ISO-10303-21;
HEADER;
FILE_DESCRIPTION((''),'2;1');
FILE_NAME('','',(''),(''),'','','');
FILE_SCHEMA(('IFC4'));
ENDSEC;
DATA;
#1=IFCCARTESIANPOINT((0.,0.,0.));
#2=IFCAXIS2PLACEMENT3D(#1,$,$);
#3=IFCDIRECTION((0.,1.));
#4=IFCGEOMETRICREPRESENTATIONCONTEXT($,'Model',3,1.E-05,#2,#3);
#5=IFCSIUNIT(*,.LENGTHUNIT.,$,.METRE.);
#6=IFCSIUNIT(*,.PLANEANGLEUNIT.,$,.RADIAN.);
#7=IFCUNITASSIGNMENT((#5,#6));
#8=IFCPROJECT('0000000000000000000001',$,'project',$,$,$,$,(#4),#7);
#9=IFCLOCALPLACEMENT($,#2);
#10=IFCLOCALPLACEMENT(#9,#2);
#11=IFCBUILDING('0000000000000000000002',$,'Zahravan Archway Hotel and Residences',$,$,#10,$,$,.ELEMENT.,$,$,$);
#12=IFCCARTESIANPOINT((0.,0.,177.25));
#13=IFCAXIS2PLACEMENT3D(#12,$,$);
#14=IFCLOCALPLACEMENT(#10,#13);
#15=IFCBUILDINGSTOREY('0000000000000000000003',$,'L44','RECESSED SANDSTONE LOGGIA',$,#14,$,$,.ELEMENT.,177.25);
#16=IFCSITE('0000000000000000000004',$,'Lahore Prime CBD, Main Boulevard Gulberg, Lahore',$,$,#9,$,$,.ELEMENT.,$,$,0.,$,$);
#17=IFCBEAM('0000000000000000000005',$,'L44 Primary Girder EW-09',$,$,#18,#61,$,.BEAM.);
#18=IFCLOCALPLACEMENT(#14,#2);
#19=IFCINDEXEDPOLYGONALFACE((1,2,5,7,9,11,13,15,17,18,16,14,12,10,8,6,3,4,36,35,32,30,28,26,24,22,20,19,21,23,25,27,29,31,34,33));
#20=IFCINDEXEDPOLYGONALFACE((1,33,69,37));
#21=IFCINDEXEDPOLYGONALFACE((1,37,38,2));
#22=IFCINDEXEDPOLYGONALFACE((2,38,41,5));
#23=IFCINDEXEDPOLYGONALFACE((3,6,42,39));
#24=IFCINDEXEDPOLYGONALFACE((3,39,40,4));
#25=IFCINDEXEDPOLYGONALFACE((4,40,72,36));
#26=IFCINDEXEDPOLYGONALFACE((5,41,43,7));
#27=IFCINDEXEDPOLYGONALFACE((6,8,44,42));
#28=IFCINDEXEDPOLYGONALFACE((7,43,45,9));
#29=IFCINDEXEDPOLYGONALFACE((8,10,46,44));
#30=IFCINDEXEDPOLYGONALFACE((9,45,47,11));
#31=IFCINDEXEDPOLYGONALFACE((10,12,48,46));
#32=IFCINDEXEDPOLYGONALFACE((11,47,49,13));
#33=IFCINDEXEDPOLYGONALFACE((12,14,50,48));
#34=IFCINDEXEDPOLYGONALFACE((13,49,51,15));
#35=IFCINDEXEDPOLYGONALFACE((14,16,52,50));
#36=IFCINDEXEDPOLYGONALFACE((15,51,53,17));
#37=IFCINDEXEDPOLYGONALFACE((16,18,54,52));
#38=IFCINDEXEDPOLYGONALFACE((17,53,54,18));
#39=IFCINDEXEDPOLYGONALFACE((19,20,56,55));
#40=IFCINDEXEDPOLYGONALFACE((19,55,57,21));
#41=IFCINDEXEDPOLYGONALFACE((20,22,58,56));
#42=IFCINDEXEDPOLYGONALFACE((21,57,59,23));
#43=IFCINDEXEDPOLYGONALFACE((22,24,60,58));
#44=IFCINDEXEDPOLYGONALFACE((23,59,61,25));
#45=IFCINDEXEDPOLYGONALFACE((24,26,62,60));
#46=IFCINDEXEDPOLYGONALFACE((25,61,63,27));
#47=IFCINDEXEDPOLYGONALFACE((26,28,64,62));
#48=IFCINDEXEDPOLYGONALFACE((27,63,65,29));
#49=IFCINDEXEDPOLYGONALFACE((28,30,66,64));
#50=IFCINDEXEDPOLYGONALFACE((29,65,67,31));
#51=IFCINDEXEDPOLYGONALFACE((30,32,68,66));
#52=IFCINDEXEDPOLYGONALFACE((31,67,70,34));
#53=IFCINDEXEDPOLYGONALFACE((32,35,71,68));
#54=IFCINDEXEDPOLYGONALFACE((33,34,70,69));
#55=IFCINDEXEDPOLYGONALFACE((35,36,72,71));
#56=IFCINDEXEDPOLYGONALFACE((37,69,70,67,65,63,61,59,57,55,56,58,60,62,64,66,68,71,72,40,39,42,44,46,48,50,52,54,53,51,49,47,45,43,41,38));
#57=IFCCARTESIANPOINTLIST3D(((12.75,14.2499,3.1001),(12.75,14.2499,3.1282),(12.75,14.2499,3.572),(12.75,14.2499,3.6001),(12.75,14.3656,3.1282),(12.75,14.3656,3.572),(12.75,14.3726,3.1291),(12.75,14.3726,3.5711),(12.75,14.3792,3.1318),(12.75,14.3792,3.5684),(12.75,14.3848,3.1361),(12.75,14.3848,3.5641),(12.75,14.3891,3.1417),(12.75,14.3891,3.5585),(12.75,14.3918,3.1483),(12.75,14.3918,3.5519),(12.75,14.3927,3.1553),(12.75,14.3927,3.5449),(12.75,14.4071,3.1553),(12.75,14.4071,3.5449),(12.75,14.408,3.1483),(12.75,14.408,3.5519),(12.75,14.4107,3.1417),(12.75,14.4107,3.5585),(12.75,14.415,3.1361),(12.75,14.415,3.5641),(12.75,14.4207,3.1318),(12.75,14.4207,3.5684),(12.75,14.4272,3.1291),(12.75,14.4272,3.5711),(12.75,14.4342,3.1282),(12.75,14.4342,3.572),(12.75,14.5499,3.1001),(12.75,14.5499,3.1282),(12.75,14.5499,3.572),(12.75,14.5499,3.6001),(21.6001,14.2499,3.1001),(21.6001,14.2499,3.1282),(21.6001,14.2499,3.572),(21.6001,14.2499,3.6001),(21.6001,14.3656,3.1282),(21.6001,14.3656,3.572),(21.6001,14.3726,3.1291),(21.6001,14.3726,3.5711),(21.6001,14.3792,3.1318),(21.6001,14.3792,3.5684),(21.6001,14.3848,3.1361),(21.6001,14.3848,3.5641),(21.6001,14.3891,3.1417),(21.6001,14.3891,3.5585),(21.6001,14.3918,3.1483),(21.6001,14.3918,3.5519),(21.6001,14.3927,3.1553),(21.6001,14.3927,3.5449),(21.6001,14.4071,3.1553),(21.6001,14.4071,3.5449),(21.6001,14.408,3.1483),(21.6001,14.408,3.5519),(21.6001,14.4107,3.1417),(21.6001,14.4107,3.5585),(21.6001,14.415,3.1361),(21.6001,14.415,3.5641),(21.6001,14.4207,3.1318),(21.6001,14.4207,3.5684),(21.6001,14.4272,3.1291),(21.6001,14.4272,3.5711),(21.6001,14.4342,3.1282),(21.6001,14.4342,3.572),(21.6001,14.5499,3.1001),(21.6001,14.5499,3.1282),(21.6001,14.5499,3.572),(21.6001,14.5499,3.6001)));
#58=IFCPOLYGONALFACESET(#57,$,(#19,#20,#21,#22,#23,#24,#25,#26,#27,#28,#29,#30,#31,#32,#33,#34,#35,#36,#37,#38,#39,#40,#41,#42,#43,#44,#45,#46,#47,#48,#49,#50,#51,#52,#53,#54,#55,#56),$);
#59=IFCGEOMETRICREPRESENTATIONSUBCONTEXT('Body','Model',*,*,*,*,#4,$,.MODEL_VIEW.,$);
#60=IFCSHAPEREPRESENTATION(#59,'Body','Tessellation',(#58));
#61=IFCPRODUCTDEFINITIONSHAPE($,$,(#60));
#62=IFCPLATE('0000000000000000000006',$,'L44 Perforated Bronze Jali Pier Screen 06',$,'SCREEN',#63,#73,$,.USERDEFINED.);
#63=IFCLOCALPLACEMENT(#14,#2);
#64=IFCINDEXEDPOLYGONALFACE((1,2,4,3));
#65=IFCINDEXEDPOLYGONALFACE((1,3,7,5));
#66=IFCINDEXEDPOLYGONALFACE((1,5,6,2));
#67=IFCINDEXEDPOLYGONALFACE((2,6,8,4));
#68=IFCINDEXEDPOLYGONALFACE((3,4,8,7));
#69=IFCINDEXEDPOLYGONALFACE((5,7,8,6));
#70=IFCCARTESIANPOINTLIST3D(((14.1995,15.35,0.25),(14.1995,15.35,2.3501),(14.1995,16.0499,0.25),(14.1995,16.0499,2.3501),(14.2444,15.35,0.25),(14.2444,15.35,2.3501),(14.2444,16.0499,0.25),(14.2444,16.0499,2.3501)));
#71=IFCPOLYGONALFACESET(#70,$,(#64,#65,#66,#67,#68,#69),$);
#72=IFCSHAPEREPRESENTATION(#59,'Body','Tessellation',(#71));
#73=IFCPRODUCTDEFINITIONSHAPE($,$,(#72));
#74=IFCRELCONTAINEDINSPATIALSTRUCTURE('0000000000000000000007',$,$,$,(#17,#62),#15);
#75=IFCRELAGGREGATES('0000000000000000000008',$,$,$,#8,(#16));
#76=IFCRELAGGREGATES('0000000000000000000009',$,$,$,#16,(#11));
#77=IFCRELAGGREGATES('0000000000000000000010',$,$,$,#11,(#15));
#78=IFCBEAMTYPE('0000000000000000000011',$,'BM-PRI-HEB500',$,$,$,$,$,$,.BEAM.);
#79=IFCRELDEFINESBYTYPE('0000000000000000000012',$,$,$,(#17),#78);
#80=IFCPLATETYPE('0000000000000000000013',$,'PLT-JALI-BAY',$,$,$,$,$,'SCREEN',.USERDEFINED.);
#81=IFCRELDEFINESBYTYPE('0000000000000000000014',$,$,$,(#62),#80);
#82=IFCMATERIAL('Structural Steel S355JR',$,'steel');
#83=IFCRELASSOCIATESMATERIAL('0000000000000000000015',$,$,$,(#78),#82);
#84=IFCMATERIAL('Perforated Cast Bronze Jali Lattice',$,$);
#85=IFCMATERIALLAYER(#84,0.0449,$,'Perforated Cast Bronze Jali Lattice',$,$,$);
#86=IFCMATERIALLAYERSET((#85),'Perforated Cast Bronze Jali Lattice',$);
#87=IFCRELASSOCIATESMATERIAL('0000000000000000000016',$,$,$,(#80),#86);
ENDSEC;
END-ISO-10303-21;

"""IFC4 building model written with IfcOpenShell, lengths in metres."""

from ifc_helpers import new_model, si_unit, direction, frame, origin, origin_2d, place, context, subcontext, project, spatial, rectangle, i_section, extrude, source, transform, mapped, material, layer, layer_set, material_profile, profile_set, type_object, type_shapes, element, save


model = new_model("IFC4")

# Units and contexts
model_context = context("Model", 3, precision=1e-05, world=origin(), true_north=direction((0.0, 1.0)))
body_context = subcontext(model_context, "Body", "Model", "MODEL_VIEW")
ifc_project = project(units=[si_unit("LENGTHUNIT", "METRE"), si_unit("PLANEANGLEUNIT", "RADIAN")], contexts=[model_context])

# Site, building, storey
site_placement = place(None, origin())
site = spatial("IfcSite", under=ifc_project, at=site_placement, Name="Lahore Prime CBD, Main Boulevard Gulberg, Lahore", CompositionType="ELEMENT", RefElevation=0.0)
building_placement = place(site_placement, origin())
building = spatial("IfcBuilding", under=site, at=building_placement, Name="Zahravan Archway Hotel and Residences", CompositionType="ELEMENT")
storey_placement = place(building_placement, frame((0.0, 0.0, 177.25)))
storey = spatial("IfcBuildingStorey", under=building, at=storey_placement, Name="L44", Description="RECESSED SANDSTONE LOGGIA", CompositionType="ELEMENT", Elevation=177.25)

# Beam
ifc_material_1 = material(Name="Structural Steel S355JR", Category="steel")
ifc_material_profile_1 = material_profile(ifc_material_1, i_section(OverallWidth=0.3, OverallDepth=0.5, WebThickness=0.0144, FlangeThickness=0.0281, FilletRadius=0.0271, at=origin_2d()), Name="HEB 500", Category="steel")
ifc_profile_set_1 = profile_set([ifc_material_profile_1], Name="Structural Steel S355JR")
beam_type = type_object("IfcBeamType", Name="BM-PRI-HEB500", PredefinedType="BEAM", material=ifc_profile_set_1)
shared_shape_1 = source(origin(), body_context, "Body", "SweptSolid", [
    extrude(i_section(OverallWidth=0.3, OverallDepth=0.5, WebThickness=0.0144, FlangeThickness=0.0281, FilletRadius=0.0271, at=origin_2d()), origin(), (0.0, 0.0, 1.0), 8.8501),
])
for number, where, z_axis, x_axis, name in (
    (1, (12.75, 14.3999, 3.3501), (1.0, 0.0, 0.0), (0.0, 1.0, 0.0), "L44 Primary Girder EW-09"),
):
    element("IfcBeam", number, at=place(storey_placement, frame(where, z_axis=z_axis, x_axis=x_axis)), inside=storey, type_object=beam_type, Name=name, PredefinedType="BEAM", context=body_context, shape_type="MappedRepresentation", body=[
        mapped(shared_shape_1, transform((0.0, 0.0, 0.0), scale=1.0)),
    ])

# Plate
ifc_material_2 = material(Name="Perforated Cast Bronze Jali Lattice")
ifc_layer = layer(ifc_material_2, 0.0449, Name="Perforated Cast Bronze Jali Lattice")
ifc_layer_set = layer_set([ifc_layer], Name="Perforated Cast Bronze Jali Lattice")
plate_type = type_object("IfcPlateType", Name="PLT-JALI-BAY", ElementType="SCREEN", PredefinedType="USERDEFINED", material=ifc_layer_set)
shared_shape_2 = source(origin(), body_context, "Body", "SweptSolid", [
    extrude(rectangle(XDim=0.7, YDim=0.0449, at=origin_2d()), origin(), (0.0, 0.0, 1.0), 2.1001),
])
type_shapes(plate_type, [shared_shape_2])
plate_placement = place(storey_placement, frame((14.2219, 15.7, 0.25), z_axis=(0.0, 0.0, 1.0), x_axis=(0.0, 1.0, 0.0)))
element("IfcPlate", 2, at=plate_placement, inside=storey, type_object=plate_type, Name="L44 Perforated Bronze Jali Pier Screen 06", ObjectType="SCREEN", PredefinedType="USERDEFINED", context=body_context, shape_type="MappedRepresentation", body=[
    mapped(shared_shape_2, transform((0.0, 0.0, 0.0), scale=1.0)),
])

save(model, "model.ifc")
